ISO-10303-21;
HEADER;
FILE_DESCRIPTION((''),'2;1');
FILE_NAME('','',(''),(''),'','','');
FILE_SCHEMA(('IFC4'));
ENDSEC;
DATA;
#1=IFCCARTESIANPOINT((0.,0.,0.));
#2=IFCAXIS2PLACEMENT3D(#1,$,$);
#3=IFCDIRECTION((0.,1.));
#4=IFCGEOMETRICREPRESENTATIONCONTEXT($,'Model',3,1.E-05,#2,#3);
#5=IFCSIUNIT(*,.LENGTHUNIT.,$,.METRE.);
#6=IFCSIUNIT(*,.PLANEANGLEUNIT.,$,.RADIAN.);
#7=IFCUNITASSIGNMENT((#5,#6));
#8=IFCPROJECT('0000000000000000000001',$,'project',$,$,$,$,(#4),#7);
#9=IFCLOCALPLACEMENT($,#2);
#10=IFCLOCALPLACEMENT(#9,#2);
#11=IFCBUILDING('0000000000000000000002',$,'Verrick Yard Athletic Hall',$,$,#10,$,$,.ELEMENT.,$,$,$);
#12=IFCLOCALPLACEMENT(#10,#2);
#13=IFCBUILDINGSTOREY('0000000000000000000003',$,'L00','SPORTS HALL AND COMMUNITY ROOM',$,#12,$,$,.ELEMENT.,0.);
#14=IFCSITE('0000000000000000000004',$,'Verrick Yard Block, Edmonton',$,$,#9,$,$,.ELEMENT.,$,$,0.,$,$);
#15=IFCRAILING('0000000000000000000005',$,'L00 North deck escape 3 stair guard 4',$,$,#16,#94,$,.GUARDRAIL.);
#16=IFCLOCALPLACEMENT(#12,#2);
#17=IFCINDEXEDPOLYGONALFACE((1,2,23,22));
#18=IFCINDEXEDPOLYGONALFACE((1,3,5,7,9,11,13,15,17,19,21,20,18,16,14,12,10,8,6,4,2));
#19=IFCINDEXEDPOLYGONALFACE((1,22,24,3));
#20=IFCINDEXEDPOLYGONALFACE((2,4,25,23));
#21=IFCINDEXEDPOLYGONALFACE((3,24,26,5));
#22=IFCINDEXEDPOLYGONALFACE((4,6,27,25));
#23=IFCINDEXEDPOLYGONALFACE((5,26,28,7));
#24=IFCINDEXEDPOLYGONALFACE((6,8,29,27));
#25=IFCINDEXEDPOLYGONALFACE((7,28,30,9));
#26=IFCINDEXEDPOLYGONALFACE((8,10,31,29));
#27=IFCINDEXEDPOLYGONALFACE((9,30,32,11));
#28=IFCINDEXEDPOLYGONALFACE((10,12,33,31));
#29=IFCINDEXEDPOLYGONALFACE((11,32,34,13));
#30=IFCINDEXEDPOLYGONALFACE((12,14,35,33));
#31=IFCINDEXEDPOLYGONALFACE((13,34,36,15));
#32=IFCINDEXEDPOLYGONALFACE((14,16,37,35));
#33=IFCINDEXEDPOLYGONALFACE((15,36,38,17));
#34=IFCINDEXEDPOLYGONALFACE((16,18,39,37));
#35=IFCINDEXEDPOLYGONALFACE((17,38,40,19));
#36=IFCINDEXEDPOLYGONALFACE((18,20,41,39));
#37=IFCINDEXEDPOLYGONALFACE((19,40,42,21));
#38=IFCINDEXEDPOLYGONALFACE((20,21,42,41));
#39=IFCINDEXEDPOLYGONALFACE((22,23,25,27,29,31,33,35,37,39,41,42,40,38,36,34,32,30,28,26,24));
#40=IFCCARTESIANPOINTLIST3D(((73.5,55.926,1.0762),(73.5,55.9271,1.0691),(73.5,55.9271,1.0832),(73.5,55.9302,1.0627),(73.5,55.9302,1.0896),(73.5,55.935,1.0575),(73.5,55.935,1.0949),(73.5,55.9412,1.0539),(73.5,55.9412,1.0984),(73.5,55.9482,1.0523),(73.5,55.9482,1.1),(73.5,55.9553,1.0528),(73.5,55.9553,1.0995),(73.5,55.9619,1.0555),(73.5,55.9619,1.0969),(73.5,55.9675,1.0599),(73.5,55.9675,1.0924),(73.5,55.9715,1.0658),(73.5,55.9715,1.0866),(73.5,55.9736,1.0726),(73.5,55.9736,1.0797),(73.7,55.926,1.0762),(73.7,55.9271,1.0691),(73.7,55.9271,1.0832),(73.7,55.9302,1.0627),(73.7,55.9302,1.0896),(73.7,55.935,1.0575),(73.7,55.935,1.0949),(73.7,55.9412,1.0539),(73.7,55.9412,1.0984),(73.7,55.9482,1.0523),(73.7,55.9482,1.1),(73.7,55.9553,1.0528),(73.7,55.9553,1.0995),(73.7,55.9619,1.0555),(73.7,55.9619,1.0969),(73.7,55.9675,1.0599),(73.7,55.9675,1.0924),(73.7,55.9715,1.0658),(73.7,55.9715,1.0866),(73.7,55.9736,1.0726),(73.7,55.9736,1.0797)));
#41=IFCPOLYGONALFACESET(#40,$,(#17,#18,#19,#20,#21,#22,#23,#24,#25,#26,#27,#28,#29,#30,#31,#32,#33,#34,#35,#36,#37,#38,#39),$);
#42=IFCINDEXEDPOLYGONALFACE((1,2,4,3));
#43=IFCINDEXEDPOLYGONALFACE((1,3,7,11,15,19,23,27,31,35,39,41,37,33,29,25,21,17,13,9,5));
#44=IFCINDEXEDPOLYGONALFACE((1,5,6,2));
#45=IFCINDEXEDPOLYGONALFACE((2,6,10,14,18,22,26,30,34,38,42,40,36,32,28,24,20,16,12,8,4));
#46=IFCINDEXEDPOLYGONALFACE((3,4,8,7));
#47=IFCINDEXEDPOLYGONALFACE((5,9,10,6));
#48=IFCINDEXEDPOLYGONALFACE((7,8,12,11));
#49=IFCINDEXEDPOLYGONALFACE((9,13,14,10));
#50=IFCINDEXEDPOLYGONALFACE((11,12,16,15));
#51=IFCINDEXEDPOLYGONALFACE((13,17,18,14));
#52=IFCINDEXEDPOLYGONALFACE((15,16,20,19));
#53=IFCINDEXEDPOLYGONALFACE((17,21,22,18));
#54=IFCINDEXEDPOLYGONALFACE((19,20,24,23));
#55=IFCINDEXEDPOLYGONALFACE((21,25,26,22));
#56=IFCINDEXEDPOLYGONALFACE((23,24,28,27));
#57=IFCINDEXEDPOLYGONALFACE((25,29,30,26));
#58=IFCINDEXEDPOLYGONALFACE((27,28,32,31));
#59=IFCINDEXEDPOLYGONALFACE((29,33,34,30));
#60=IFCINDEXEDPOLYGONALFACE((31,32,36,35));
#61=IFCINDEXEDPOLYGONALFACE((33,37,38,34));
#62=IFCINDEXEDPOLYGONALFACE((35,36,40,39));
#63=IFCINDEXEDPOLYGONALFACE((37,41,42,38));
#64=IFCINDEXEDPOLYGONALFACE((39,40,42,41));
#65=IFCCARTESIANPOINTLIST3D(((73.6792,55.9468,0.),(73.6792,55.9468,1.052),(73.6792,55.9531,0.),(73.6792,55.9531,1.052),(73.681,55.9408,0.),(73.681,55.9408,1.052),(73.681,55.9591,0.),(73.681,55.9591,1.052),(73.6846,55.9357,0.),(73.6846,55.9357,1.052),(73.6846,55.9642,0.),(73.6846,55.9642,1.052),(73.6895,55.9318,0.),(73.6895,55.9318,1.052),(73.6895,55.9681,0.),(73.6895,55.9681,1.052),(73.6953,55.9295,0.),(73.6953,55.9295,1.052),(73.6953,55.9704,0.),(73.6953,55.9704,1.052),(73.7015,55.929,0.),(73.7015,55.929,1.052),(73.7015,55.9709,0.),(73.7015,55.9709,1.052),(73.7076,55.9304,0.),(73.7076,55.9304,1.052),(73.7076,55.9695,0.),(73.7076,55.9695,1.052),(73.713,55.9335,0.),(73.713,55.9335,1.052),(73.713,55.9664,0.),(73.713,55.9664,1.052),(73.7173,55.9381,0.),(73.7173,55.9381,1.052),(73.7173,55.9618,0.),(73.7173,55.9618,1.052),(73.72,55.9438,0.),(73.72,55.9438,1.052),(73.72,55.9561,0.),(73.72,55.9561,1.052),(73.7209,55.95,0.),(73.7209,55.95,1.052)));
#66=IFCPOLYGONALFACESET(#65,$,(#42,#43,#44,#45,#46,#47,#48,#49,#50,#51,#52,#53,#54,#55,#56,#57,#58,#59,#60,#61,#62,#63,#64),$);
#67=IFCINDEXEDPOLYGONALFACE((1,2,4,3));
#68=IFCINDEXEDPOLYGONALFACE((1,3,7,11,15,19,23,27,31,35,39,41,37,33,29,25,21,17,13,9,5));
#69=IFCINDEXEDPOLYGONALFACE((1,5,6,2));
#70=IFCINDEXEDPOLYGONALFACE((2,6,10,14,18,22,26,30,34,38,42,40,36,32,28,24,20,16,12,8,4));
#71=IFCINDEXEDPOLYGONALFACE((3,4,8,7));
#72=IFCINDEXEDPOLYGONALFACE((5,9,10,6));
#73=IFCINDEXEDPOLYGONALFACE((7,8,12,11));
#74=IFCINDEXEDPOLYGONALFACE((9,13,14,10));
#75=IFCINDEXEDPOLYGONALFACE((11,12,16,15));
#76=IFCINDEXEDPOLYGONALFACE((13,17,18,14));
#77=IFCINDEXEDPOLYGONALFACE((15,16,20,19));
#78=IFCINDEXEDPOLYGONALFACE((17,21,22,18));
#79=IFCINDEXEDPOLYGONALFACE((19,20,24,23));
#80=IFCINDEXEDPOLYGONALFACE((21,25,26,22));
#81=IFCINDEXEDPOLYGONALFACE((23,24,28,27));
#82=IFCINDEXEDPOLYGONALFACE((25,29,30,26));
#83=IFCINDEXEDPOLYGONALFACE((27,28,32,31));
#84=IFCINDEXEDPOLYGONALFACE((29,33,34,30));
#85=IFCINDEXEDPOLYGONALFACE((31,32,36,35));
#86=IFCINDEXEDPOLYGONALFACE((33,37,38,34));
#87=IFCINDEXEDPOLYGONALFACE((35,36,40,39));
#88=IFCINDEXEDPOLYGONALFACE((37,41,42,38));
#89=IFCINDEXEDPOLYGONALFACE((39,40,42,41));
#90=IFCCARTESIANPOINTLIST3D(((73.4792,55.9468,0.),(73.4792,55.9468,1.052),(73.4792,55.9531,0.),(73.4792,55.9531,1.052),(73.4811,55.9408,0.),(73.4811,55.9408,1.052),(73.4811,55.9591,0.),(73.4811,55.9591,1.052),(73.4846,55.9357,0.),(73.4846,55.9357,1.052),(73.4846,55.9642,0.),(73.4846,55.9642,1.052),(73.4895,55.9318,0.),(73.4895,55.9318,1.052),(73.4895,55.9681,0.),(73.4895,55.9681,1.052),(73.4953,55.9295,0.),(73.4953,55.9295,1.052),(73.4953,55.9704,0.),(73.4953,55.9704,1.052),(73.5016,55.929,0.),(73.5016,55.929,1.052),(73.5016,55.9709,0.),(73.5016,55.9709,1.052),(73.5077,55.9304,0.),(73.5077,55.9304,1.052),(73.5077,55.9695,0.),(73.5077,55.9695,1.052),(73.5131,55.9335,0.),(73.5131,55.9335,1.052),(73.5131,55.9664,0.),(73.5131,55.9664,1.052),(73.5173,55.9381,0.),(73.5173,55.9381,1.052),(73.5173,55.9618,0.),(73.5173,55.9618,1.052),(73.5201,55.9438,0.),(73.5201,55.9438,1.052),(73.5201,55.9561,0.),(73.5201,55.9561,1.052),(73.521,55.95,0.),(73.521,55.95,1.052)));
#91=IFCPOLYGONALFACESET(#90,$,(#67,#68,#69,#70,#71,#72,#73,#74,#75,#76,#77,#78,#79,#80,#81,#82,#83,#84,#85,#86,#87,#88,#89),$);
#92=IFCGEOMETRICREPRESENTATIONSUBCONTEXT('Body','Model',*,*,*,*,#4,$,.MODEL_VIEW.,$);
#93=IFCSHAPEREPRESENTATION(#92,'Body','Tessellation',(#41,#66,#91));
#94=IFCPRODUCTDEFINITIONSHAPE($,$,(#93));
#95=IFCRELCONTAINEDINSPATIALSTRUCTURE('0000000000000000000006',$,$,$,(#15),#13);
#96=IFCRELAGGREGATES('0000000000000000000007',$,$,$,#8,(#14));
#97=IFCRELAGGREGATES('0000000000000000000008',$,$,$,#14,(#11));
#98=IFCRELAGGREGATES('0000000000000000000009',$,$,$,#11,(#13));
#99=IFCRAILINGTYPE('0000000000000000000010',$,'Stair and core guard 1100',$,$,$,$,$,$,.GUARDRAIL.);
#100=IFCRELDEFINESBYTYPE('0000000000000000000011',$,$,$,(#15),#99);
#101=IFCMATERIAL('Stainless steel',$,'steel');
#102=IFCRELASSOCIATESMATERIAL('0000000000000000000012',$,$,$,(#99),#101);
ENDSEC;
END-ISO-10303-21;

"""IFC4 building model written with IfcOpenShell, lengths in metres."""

from ifc_helpers import new_model, si_unit, direction, frame, origin, origin_2d, place, context, subcontext, project, spatial, circle, extrude, material, type_object, element, save


model = new_model("IFC4")

# Units and contexts
model_context = context("Model", 3, precision=1e-05, world=origin(), true_north=direction((0.0, 1.0)))
body_context = subcontext(model_context, "Body", "Model", "MODEL_VIEW")
ifc_project = project(units=[si_unit("LENGTHUNIT", "METRE"), si_unit("PLANEANGLEUNIT", "RADIAN")], contexts=[model_context])

# Site, building, storey
site_placement = place(None, origin())
site = spatial("IfcSite", under=ifc_project, at=site_placement, Name="Verrick Yard Block, Edmonton", CompositionType="ELEMENT", RefElevation=0.0)
building_placement = place(site_placement, origin())
building = spatial("IfcBuilding", under=site, at=building_placement, Name="Verrick Yard Athletic Hall", CompositionType="ELEMENT")
storey_placement = place(building_placement, origin())
storey = spatial("IfcBuildingStorey", under=building, at=storey_placement, Name="L00", Description="SPORTS HALL AND COMMUNITY ROOM", CompositionType="ELEMENT", Elevation=0.0)

# Railing
ifc_material_1 = material(Name="Stainless steel", Category="steel")
railing_type_1 = type_object("IfcRailingType", Name="Stair and core guard 1100", PredefinedType="GUARDRAIL", material=ifc_material_1)
railing_1_placement = place(storey_placement, frame((73.7, 55.95, 0.0)))
element("IfcRailing", 1, at=railing_1_placement, inside=storey, type_object=railing_type_1, Name="L00 North deck escape 3 stair guard 4", PredefinedType="GUARDRAIL", context=body_context, shape_type="SweptSolid", body=[
    extrude(circle(Radius=0.0239, at=origin_2d()), frame((0.0, 0.0, 1.0762), z_axis=(-1.0, 0.0, 0.0), x_axis=(0.0, -1.0, 0.0)), (0.0, 0.0, 1.0), 0.2),
    extrude(circle(Radius=0.021, at=origin_2d()), origin(), (0.0, 0.0, 1.0), 1.052),
    extrude(circle(Radius=0.021, at=origin_2d()), frame((-0.2, 0.0, 0.0)), (0.0, 0.0, 1.0), 1.052),
])

save(model, "model.ifc")
